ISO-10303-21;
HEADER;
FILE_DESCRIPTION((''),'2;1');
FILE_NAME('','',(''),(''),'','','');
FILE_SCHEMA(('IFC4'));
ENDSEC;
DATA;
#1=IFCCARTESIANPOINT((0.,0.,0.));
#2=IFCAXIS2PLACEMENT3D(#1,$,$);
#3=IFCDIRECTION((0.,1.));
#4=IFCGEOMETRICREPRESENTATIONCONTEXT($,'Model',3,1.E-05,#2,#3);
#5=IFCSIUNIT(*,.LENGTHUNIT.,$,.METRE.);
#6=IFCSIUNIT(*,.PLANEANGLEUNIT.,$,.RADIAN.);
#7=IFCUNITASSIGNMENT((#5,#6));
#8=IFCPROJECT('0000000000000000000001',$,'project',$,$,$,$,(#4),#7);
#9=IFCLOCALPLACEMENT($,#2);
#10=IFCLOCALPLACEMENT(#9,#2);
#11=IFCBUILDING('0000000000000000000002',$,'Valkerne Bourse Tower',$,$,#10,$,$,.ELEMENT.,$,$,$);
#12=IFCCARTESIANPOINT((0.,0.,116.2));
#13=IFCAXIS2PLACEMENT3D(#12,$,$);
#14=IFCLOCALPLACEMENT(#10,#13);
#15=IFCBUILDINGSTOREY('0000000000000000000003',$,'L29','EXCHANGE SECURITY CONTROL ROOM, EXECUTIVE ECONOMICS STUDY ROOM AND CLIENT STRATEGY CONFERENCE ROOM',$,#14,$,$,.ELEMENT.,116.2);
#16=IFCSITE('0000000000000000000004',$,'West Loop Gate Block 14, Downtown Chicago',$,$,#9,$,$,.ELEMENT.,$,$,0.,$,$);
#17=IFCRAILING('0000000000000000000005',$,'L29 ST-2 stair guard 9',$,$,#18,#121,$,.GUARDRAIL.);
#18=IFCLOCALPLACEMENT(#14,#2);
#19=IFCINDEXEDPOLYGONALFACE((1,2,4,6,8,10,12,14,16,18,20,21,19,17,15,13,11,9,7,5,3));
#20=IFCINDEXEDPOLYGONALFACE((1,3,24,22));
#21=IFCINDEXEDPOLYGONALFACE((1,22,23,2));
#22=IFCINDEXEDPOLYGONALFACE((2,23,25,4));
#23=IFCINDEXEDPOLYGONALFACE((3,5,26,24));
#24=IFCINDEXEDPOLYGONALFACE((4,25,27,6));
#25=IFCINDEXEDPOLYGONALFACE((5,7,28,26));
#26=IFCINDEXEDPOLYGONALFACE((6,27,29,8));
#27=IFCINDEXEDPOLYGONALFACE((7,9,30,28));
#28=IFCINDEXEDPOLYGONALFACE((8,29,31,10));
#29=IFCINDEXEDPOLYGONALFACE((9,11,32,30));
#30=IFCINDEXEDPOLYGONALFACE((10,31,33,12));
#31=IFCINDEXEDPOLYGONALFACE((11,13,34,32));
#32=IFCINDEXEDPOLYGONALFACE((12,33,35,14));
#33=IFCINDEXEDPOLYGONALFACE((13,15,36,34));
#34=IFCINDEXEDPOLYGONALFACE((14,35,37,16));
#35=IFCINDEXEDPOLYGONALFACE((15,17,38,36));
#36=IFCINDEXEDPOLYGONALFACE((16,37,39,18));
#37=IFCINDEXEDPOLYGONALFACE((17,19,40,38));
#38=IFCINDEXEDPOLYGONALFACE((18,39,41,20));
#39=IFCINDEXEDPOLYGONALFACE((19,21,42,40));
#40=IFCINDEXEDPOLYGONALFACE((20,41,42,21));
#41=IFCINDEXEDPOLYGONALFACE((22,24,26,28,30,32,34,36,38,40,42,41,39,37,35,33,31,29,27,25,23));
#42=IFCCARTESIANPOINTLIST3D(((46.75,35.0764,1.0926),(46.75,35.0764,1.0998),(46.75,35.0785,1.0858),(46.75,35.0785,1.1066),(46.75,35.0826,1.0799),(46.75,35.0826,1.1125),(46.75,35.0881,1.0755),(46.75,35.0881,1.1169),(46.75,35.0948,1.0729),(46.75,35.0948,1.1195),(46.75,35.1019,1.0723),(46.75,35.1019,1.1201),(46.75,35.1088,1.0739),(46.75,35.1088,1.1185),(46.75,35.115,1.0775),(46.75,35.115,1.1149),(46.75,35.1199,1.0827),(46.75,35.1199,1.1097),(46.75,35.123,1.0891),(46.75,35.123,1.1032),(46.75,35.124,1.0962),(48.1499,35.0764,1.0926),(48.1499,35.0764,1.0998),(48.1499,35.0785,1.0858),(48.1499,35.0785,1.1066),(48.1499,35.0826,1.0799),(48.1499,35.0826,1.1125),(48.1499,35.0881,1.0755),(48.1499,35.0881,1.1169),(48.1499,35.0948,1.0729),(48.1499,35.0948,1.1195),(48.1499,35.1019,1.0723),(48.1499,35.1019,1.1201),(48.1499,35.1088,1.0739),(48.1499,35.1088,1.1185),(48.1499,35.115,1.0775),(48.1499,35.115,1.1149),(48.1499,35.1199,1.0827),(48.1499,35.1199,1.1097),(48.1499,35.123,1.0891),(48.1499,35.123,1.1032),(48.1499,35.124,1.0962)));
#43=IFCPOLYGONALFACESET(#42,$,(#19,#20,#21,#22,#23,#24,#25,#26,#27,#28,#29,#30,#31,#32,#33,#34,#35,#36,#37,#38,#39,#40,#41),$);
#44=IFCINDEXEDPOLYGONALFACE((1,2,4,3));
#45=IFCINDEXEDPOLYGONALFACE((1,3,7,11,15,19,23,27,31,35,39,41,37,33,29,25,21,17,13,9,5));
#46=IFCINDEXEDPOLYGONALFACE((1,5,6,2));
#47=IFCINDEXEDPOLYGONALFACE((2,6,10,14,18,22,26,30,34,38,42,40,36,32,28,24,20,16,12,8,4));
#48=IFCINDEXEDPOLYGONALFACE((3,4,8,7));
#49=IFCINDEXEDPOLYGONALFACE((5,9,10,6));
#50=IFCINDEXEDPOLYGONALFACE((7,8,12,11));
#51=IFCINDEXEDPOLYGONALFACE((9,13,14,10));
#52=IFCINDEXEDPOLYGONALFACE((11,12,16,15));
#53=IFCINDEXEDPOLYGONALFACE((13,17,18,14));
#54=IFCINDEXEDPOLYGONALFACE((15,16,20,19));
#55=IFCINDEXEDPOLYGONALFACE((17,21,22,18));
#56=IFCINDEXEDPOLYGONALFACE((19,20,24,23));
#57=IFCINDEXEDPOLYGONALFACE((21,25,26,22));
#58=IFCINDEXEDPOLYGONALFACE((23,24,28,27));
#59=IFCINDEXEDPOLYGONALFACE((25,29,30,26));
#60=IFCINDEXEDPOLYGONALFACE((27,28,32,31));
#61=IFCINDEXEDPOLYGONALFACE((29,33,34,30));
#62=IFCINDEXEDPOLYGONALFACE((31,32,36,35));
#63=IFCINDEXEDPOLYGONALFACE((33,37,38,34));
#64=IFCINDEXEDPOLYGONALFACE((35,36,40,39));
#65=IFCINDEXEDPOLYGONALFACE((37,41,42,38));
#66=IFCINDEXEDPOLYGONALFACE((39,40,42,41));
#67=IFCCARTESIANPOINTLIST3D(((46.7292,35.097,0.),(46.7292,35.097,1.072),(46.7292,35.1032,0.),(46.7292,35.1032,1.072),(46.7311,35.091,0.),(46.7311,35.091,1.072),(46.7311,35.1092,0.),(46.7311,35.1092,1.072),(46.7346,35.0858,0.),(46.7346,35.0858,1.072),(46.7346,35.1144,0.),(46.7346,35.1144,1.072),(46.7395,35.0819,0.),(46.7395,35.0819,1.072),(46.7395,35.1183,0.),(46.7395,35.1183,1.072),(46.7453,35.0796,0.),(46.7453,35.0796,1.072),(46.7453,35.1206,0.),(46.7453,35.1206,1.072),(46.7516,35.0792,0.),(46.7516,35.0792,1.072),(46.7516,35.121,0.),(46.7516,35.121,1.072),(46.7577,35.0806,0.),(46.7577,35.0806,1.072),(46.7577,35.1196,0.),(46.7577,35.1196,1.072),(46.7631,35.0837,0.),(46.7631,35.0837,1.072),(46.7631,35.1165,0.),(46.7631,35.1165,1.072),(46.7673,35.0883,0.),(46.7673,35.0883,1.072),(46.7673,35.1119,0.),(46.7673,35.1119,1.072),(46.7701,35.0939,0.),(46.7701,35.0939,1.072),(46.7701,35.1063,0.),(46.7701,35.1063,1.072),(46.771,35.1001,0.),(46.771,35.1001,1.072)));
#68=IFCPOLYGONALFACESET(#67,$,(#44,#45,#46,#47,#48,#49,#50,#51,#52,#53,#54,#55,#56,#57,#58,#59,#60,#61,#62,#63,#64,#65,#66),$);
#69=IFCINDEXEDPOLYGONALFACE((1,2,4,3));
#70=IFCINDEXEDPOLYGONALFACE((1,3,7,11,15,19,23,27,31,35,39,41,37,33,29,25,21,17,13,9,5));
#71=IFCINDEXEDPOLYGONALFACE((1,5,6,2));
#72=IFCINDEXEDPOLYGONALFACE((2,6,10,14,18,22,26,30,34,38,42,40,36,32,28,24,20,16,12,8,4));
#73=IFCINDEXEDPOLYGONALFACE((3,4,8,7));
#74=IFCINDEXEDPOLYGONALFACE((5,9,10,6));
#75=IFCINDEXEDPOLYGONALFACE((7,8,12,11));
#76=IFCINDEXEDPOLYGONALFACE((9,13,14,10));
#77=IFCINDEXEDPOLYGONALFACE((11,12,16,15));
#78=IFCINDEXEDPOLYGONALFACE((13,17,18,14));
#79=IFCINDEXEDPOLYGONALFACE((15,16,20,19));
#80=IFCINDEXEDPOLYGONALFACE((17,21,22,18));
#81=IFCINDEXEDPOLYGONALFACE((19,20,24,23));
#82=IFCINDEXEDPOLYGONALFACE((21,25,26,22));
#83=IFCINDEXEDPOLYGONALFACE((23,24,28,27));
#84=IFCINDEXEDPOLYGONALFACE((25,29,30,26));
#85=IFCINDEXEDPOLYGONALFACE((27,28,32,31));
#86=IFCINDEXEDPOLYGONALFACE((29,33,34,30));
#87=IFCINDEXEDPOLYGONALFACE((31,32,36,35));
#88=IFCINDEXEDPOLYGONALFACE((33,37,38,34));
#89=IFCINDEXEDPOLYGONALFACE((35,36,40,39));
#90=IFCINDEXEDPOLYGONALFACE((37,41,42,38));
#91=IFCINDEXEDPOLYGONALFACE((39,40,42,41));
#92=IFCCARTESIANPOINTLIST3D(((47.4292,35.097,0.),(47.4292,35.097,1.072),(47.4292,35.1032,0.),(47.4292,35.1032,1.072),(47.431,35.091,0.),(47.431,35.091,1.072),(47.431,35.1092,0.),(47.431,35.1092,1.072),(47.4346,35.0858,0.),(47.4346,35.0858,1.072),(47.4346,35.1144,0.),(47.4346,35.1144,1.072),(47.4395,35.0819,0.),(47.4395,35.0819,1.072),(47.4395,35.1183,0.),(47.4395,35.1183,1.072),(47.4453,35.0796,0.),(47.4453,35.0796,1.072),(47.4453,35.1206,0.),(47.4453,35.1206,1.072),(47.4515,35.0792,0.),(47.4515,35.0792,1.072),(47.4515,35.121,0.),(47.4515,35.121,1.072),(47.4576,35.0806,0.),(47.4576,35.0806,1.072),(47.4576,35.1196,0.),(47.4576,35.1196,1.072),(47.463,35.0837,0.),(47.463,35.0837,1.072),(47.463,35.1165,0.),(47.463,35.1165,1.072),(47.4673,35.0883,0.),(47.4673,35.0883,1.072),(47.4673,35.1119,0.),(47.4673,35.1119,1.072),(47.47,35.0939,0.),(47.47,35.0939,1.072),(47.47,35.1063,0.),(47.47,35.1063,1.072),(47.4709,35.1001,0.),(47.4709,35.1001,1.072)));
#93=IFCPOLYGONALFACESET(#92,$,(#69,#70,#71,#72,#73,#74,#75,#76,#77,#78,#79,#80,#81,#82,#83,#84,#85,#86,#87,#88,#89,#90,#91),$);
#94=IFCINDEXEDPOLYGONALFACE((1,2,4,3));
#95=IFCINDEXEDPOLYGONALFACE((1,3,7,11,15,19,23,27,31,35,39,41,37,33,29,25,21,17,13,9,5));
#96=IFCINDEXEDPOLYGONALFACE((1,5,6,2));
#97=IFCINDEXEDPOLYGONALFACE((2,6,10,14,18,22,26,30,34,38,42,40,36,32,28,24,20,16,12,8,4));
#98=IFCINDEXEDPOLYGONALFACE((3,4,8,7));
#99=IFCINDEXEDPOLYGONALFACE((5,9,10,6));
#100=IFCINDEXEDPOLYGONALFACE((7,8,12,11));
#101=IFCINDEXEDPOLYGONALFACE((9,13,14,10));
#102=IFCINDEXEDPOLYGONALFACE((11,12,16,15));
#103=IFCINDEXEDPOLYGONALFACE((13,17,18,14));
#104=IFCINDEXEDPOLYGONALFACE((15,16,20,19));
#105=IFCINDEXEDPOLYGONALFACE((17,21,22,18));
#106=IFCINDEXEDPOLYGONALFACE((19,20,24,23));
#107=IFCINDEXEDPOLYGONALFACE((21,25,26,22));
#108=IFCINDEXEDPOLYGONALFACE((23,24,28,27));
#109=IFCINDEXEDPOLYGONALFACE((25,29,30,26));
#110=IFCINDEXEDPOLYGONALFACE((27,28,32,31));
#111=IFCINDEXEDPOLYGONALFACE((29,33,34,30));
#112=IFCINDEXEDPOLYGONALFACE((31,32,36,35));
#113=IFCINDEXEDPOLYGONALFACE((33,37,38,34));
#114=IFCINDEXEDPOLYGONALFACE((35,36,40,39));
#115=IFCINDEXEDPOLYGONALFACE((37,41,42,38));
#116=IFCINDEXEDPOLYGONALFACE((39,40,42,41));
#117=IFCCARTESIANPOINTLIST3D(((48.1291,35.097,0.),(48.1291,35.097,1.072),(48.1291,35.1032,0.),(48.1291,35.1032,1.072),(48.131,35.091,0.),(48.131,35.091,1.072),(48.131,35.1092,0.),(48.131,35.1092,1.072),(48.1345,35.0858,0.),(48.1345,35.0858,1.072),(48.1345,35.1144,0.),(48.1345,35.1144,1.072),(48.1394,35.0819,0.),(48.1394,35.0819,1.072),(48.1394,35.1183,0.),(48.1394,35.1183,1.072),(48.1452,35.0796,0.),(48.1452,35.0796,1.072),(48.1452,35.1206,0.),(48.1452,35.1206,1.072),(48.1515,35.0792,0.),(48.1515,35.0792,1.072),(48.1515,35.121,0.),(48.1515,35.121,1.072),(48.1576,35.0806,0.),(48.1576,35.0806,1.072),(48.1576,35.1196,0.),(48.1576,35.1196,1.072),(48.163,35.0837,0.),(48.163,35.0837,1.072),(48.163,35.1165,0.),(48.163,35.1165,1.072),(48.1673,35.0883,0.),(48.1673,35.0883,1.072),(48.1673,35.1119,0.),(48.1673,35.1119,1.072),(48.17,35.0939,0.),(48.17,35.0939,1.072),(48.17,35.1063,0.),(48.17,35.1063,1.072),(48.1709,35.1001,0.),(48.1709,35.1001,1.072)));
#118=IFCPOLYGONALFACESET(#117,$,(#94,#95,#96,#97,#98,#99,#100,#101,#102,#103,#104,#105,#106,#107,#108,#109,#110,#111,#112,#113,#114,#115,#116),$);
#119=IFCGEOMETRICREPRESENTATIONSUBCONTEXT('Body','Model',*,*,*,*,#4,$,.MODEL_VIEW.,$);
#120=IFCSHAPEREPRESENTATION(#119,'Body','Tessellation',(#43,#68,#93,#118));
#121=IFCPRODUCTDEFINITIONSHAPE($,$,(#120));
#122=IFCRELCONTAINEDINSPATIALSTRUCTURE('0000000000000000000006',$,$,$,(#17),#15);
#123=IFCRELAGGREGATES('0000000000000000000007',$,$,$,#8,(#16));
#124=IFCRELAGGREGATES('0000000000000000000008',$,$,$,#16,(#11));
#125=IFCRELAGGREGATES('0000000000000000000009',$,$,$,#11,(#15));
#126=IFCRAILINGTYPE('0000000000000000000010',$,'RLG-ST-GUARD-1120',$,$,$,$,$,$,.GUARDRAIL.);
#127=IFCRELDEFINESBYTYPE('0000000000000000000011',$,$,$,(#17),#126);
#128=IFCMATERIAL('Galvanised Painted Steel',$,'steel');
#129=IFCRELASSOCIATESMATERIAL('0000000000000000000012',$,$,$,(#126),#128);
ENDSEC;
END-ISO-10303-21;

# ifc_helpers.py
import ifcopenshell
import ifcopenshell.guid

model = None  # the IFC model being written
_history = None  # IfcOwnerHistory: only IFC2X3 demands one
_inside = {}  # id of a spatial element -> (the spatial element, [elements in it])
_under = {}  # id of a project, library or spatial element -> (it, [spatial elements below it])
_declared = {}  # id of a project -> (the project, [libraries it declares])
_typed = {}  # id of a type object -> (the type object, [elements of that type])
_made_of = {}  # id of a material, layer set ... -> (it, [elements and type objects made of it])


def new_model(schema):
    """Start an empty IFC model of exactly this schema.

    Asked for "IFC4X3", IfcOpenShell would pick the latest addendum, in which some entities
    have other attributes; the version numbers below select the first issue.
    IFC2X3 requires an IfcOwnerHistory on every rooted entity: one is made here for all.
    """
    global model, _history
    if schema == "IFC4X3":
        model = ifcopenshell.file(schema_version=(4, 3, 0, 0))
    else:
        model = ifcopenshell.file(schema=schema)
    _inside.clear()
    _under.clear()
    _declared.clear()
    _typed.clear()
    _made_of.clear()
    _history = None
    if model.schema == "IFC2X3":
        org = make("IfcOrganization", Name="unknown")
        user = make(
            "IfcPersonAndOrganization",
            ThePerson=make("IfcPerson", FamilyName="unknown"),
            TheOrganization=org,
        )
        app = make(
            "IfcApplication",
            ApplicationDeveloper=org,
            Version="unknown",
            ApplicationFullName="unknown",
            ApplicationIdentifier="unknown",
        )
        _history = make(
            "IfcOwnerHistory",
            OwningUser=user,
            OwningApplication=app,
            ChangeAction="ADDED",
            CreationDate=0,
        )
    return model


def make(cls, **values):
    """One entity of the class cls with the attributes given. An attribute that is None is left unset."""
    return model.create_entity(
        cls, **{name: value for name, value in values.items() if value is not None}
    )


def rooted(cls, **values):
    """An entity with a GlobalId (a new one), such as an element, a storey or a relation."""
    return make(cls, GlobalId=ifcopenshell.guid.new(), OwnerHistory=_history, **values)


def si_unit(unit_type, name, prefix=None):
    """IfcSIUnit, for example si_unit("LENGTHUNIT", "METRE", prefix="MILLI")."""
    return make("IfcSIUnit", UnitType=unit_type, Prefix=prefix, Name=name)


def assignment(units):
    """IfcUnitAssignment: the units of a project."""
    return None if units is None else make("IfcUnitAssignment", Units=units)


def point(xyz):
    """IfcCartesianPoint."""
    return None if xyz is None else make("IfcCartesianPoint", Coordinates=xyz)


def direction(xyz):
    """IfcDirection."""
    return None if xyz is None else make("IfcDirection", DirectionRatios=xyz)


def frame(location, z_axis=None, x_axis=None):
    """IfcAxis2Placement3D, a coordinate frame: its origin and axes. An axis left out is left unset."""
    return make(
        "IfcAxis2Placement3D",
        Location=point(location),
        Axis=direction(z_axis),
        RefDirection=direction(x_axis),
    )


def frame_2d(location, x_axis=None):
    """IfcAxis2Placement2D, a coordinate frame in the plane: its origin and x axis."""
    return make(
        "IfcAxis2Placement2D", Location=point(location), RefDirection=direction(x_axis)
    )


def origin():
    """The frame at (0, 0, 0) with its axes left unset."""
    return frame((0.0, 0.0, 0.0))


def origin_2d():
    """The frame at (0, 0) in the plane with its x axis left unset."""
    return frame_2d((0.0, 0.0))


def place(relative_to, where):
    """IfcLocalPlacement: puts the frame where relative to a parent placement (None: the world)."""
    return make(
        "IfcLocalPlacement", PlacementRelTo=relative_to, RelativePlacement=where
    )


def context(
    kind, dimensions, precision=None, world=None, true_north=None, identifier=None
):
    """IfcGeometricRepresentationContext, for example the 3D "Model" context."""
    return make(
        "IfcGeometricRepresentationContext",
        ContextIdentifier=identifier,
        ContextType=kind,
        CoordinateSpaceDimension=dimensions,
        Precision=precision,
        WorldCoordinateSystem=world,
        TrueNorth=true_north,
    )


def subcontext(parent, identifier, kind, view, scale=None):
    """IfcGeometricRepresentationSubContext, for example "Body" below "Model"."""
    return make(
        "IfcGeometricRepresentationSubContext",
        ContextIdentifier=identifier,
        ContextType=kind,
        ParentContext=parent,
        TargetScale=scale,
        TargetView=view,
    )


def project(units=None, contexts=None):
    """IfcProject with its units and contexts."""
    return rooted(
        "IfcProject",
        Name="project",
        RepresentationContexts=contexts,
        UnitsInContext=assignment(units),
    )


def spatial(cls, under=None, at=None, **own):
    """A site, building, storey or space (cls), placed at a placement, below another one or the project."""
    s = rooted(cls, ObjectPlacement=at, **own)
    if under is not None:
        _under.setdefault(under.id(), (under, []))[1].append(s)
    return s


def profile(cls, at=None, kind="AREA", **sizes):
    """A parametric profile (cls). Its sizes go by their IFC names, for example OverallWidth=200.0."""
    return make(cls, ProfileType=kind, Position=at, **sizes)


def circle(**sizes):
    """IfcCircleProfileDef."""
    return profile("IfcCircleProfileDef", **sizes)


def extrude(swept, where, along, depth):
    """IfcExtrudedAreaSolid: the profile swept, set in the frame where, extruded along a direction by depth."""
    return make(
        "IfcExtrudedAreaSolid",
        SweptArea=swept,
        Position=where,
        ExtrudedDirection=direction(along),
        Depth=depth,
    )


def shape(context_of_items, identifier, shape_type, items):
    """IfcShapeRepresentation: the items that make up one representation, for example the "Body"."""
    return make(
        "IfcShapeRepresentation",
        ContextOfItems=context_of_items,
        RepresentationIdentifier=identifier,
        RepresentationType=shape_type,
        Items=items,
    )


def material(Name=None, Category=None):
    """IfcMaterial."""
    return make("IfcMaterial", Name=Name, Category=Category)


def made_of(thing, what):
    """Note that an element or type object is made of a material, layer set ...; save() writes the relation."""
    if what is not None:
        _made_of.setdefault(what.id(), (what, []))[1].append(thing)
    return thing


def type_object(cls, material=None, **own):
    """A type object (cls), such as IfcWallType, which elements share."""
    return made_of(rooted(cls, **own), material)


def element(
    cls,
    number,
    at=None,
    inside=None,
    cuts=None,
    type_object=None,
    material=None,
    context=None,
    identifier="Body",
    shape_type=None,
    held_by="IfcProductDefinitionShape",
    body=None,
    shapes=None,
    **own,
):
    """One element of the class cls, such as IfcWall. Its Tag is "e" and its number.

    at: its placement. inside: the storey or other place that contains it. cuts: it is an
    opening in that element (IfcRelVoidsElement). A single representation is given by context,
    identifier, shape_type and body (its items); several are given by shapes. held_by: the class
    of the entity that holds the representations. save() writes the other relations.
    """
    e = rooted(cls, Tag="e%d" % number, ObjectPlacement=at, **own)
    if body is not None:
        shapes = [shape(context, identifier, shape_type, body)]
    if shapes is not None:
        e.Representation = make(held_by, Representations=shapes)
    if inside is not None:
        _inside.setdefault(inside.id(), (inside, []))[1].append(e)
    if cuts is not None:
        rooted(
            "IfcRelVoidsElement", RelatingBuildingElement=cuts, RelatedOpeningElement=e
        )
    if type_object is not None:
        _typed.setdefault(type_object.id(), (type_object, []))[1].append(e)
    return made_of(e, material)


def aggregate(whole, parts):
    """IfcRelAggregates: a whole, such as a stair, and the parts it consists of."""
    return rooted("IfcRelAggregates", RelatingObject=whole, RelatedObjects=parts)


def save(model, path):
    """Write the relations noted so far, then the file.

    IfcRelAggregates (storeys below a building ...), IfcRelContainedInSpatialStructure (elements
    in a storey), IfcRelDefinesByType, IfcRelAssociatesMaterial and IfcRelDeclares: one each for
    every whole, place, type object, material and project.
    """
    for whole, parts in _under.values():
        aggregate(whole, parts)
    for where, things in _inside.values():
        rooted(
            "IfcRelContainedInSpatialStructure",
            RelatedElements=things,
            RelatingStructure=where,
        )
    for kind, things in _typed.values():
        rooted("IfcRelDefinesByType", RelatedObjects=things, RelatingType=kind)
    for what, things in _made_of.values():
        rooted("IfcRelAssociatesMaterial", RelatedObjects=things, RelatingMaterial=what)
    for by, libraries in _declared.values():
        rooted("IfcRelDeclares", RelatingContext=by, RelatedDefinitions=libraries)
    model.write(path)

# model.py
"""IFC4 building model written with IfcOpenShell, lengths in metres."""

from ifc_helpers import new_model, si_unit, direction, frame, origin, origin_2d, place, context, subcontext, project, spatial, circle, extrude, material, type_object, element, save


model = new_model("IFC4")

# Units and contexts
model_context = context("Model", 3, precision=1e-05, world=origin(), true_north=direction((0.0, 1.0)))
body_context = subcontext(model_context, "Body", "Model", "MODEL_VIEW")
ifc_project = project(units=[si_unit("LENGTHUNIT", "METRE"), si_unit("PLANEANGLEUNIT", "RADIAN")], contexts=[model_context])

# Site, building, storey
site_placement = place(None, origin())
site = spatial("IfcSite", under=ifc_project, at=site_placement, Name="West Loop Gate Block 14, Downtown Chicago", CompositionType="ELEMENT", RefElevation=0.0)
building_placement = place(site_placement, origin())
building = spatial("IfcBuilding", under=site, at=building_placement, Name="Valkerne Bourse Tower", CompositionType="ELEMENT")
storey_placement = place(building_placement, frame((0.0, 0.0, 116.2)))
storey = spatial("IfcBuildingStorey", under=building, at=storey_placement, Name="L29", Description="EXCHANGE SECURITY CONTROL ROOM, EXECUTIVE ECONOMICS STUDY ROOM AND CLIENT STRATEGY CONFERENCE ROOM", CompositionType="ELEMENT", Elevation=116.2)

# Shared definitions
ifc_material_1 = material(Name="Galvanised Painted Steel", Category="steel")

# Railing
railing_type_1 = type_object("IfcRailingType", Name="RLG-ST-GUARD-1120", PredefinedType="GUARDRAIL", material=ifc_material_1)
for number, where, name in (
    (1, (46.75, 35.1001, 0.0), "L29 ST-2 stair guard 9"),
):
    element("IfcRailing", number, at=place(storey_placement, frame(where)), inside=storey, type_object=railing_type_1, Name=name, PredefinedType="GUARDRAIL", context=body_context, shape_type="SweptSolid", body=[
        extrude(circle(Radius=0.0239, at=origin_2d()), frame((0.0, 0.0, 1.0962), z_axis=(1.0, 0.0, 0.0), x_axis=(0.0, 1.0, 0.0)), (0.0, 0.0, 1.0), 1.3999),
        extrude(circle(Radius=0.021, at=origin_2d()), origin(), (0.0, 0.0, 1.0), 1.072),
        extrude(circle(Radius=0.021, at=origin_2d()), frame((0.7, 0.0, 0.0)), (0.0, 0.0, 1.0), 1.072),
        extrude(circle(Radius=0.021, at=origin_2d()), frame((1.3999, 0.0, 0.0)), (0.0, 0.0, 1.0), 1.072),
    ])

save(model, "model.ifc")
